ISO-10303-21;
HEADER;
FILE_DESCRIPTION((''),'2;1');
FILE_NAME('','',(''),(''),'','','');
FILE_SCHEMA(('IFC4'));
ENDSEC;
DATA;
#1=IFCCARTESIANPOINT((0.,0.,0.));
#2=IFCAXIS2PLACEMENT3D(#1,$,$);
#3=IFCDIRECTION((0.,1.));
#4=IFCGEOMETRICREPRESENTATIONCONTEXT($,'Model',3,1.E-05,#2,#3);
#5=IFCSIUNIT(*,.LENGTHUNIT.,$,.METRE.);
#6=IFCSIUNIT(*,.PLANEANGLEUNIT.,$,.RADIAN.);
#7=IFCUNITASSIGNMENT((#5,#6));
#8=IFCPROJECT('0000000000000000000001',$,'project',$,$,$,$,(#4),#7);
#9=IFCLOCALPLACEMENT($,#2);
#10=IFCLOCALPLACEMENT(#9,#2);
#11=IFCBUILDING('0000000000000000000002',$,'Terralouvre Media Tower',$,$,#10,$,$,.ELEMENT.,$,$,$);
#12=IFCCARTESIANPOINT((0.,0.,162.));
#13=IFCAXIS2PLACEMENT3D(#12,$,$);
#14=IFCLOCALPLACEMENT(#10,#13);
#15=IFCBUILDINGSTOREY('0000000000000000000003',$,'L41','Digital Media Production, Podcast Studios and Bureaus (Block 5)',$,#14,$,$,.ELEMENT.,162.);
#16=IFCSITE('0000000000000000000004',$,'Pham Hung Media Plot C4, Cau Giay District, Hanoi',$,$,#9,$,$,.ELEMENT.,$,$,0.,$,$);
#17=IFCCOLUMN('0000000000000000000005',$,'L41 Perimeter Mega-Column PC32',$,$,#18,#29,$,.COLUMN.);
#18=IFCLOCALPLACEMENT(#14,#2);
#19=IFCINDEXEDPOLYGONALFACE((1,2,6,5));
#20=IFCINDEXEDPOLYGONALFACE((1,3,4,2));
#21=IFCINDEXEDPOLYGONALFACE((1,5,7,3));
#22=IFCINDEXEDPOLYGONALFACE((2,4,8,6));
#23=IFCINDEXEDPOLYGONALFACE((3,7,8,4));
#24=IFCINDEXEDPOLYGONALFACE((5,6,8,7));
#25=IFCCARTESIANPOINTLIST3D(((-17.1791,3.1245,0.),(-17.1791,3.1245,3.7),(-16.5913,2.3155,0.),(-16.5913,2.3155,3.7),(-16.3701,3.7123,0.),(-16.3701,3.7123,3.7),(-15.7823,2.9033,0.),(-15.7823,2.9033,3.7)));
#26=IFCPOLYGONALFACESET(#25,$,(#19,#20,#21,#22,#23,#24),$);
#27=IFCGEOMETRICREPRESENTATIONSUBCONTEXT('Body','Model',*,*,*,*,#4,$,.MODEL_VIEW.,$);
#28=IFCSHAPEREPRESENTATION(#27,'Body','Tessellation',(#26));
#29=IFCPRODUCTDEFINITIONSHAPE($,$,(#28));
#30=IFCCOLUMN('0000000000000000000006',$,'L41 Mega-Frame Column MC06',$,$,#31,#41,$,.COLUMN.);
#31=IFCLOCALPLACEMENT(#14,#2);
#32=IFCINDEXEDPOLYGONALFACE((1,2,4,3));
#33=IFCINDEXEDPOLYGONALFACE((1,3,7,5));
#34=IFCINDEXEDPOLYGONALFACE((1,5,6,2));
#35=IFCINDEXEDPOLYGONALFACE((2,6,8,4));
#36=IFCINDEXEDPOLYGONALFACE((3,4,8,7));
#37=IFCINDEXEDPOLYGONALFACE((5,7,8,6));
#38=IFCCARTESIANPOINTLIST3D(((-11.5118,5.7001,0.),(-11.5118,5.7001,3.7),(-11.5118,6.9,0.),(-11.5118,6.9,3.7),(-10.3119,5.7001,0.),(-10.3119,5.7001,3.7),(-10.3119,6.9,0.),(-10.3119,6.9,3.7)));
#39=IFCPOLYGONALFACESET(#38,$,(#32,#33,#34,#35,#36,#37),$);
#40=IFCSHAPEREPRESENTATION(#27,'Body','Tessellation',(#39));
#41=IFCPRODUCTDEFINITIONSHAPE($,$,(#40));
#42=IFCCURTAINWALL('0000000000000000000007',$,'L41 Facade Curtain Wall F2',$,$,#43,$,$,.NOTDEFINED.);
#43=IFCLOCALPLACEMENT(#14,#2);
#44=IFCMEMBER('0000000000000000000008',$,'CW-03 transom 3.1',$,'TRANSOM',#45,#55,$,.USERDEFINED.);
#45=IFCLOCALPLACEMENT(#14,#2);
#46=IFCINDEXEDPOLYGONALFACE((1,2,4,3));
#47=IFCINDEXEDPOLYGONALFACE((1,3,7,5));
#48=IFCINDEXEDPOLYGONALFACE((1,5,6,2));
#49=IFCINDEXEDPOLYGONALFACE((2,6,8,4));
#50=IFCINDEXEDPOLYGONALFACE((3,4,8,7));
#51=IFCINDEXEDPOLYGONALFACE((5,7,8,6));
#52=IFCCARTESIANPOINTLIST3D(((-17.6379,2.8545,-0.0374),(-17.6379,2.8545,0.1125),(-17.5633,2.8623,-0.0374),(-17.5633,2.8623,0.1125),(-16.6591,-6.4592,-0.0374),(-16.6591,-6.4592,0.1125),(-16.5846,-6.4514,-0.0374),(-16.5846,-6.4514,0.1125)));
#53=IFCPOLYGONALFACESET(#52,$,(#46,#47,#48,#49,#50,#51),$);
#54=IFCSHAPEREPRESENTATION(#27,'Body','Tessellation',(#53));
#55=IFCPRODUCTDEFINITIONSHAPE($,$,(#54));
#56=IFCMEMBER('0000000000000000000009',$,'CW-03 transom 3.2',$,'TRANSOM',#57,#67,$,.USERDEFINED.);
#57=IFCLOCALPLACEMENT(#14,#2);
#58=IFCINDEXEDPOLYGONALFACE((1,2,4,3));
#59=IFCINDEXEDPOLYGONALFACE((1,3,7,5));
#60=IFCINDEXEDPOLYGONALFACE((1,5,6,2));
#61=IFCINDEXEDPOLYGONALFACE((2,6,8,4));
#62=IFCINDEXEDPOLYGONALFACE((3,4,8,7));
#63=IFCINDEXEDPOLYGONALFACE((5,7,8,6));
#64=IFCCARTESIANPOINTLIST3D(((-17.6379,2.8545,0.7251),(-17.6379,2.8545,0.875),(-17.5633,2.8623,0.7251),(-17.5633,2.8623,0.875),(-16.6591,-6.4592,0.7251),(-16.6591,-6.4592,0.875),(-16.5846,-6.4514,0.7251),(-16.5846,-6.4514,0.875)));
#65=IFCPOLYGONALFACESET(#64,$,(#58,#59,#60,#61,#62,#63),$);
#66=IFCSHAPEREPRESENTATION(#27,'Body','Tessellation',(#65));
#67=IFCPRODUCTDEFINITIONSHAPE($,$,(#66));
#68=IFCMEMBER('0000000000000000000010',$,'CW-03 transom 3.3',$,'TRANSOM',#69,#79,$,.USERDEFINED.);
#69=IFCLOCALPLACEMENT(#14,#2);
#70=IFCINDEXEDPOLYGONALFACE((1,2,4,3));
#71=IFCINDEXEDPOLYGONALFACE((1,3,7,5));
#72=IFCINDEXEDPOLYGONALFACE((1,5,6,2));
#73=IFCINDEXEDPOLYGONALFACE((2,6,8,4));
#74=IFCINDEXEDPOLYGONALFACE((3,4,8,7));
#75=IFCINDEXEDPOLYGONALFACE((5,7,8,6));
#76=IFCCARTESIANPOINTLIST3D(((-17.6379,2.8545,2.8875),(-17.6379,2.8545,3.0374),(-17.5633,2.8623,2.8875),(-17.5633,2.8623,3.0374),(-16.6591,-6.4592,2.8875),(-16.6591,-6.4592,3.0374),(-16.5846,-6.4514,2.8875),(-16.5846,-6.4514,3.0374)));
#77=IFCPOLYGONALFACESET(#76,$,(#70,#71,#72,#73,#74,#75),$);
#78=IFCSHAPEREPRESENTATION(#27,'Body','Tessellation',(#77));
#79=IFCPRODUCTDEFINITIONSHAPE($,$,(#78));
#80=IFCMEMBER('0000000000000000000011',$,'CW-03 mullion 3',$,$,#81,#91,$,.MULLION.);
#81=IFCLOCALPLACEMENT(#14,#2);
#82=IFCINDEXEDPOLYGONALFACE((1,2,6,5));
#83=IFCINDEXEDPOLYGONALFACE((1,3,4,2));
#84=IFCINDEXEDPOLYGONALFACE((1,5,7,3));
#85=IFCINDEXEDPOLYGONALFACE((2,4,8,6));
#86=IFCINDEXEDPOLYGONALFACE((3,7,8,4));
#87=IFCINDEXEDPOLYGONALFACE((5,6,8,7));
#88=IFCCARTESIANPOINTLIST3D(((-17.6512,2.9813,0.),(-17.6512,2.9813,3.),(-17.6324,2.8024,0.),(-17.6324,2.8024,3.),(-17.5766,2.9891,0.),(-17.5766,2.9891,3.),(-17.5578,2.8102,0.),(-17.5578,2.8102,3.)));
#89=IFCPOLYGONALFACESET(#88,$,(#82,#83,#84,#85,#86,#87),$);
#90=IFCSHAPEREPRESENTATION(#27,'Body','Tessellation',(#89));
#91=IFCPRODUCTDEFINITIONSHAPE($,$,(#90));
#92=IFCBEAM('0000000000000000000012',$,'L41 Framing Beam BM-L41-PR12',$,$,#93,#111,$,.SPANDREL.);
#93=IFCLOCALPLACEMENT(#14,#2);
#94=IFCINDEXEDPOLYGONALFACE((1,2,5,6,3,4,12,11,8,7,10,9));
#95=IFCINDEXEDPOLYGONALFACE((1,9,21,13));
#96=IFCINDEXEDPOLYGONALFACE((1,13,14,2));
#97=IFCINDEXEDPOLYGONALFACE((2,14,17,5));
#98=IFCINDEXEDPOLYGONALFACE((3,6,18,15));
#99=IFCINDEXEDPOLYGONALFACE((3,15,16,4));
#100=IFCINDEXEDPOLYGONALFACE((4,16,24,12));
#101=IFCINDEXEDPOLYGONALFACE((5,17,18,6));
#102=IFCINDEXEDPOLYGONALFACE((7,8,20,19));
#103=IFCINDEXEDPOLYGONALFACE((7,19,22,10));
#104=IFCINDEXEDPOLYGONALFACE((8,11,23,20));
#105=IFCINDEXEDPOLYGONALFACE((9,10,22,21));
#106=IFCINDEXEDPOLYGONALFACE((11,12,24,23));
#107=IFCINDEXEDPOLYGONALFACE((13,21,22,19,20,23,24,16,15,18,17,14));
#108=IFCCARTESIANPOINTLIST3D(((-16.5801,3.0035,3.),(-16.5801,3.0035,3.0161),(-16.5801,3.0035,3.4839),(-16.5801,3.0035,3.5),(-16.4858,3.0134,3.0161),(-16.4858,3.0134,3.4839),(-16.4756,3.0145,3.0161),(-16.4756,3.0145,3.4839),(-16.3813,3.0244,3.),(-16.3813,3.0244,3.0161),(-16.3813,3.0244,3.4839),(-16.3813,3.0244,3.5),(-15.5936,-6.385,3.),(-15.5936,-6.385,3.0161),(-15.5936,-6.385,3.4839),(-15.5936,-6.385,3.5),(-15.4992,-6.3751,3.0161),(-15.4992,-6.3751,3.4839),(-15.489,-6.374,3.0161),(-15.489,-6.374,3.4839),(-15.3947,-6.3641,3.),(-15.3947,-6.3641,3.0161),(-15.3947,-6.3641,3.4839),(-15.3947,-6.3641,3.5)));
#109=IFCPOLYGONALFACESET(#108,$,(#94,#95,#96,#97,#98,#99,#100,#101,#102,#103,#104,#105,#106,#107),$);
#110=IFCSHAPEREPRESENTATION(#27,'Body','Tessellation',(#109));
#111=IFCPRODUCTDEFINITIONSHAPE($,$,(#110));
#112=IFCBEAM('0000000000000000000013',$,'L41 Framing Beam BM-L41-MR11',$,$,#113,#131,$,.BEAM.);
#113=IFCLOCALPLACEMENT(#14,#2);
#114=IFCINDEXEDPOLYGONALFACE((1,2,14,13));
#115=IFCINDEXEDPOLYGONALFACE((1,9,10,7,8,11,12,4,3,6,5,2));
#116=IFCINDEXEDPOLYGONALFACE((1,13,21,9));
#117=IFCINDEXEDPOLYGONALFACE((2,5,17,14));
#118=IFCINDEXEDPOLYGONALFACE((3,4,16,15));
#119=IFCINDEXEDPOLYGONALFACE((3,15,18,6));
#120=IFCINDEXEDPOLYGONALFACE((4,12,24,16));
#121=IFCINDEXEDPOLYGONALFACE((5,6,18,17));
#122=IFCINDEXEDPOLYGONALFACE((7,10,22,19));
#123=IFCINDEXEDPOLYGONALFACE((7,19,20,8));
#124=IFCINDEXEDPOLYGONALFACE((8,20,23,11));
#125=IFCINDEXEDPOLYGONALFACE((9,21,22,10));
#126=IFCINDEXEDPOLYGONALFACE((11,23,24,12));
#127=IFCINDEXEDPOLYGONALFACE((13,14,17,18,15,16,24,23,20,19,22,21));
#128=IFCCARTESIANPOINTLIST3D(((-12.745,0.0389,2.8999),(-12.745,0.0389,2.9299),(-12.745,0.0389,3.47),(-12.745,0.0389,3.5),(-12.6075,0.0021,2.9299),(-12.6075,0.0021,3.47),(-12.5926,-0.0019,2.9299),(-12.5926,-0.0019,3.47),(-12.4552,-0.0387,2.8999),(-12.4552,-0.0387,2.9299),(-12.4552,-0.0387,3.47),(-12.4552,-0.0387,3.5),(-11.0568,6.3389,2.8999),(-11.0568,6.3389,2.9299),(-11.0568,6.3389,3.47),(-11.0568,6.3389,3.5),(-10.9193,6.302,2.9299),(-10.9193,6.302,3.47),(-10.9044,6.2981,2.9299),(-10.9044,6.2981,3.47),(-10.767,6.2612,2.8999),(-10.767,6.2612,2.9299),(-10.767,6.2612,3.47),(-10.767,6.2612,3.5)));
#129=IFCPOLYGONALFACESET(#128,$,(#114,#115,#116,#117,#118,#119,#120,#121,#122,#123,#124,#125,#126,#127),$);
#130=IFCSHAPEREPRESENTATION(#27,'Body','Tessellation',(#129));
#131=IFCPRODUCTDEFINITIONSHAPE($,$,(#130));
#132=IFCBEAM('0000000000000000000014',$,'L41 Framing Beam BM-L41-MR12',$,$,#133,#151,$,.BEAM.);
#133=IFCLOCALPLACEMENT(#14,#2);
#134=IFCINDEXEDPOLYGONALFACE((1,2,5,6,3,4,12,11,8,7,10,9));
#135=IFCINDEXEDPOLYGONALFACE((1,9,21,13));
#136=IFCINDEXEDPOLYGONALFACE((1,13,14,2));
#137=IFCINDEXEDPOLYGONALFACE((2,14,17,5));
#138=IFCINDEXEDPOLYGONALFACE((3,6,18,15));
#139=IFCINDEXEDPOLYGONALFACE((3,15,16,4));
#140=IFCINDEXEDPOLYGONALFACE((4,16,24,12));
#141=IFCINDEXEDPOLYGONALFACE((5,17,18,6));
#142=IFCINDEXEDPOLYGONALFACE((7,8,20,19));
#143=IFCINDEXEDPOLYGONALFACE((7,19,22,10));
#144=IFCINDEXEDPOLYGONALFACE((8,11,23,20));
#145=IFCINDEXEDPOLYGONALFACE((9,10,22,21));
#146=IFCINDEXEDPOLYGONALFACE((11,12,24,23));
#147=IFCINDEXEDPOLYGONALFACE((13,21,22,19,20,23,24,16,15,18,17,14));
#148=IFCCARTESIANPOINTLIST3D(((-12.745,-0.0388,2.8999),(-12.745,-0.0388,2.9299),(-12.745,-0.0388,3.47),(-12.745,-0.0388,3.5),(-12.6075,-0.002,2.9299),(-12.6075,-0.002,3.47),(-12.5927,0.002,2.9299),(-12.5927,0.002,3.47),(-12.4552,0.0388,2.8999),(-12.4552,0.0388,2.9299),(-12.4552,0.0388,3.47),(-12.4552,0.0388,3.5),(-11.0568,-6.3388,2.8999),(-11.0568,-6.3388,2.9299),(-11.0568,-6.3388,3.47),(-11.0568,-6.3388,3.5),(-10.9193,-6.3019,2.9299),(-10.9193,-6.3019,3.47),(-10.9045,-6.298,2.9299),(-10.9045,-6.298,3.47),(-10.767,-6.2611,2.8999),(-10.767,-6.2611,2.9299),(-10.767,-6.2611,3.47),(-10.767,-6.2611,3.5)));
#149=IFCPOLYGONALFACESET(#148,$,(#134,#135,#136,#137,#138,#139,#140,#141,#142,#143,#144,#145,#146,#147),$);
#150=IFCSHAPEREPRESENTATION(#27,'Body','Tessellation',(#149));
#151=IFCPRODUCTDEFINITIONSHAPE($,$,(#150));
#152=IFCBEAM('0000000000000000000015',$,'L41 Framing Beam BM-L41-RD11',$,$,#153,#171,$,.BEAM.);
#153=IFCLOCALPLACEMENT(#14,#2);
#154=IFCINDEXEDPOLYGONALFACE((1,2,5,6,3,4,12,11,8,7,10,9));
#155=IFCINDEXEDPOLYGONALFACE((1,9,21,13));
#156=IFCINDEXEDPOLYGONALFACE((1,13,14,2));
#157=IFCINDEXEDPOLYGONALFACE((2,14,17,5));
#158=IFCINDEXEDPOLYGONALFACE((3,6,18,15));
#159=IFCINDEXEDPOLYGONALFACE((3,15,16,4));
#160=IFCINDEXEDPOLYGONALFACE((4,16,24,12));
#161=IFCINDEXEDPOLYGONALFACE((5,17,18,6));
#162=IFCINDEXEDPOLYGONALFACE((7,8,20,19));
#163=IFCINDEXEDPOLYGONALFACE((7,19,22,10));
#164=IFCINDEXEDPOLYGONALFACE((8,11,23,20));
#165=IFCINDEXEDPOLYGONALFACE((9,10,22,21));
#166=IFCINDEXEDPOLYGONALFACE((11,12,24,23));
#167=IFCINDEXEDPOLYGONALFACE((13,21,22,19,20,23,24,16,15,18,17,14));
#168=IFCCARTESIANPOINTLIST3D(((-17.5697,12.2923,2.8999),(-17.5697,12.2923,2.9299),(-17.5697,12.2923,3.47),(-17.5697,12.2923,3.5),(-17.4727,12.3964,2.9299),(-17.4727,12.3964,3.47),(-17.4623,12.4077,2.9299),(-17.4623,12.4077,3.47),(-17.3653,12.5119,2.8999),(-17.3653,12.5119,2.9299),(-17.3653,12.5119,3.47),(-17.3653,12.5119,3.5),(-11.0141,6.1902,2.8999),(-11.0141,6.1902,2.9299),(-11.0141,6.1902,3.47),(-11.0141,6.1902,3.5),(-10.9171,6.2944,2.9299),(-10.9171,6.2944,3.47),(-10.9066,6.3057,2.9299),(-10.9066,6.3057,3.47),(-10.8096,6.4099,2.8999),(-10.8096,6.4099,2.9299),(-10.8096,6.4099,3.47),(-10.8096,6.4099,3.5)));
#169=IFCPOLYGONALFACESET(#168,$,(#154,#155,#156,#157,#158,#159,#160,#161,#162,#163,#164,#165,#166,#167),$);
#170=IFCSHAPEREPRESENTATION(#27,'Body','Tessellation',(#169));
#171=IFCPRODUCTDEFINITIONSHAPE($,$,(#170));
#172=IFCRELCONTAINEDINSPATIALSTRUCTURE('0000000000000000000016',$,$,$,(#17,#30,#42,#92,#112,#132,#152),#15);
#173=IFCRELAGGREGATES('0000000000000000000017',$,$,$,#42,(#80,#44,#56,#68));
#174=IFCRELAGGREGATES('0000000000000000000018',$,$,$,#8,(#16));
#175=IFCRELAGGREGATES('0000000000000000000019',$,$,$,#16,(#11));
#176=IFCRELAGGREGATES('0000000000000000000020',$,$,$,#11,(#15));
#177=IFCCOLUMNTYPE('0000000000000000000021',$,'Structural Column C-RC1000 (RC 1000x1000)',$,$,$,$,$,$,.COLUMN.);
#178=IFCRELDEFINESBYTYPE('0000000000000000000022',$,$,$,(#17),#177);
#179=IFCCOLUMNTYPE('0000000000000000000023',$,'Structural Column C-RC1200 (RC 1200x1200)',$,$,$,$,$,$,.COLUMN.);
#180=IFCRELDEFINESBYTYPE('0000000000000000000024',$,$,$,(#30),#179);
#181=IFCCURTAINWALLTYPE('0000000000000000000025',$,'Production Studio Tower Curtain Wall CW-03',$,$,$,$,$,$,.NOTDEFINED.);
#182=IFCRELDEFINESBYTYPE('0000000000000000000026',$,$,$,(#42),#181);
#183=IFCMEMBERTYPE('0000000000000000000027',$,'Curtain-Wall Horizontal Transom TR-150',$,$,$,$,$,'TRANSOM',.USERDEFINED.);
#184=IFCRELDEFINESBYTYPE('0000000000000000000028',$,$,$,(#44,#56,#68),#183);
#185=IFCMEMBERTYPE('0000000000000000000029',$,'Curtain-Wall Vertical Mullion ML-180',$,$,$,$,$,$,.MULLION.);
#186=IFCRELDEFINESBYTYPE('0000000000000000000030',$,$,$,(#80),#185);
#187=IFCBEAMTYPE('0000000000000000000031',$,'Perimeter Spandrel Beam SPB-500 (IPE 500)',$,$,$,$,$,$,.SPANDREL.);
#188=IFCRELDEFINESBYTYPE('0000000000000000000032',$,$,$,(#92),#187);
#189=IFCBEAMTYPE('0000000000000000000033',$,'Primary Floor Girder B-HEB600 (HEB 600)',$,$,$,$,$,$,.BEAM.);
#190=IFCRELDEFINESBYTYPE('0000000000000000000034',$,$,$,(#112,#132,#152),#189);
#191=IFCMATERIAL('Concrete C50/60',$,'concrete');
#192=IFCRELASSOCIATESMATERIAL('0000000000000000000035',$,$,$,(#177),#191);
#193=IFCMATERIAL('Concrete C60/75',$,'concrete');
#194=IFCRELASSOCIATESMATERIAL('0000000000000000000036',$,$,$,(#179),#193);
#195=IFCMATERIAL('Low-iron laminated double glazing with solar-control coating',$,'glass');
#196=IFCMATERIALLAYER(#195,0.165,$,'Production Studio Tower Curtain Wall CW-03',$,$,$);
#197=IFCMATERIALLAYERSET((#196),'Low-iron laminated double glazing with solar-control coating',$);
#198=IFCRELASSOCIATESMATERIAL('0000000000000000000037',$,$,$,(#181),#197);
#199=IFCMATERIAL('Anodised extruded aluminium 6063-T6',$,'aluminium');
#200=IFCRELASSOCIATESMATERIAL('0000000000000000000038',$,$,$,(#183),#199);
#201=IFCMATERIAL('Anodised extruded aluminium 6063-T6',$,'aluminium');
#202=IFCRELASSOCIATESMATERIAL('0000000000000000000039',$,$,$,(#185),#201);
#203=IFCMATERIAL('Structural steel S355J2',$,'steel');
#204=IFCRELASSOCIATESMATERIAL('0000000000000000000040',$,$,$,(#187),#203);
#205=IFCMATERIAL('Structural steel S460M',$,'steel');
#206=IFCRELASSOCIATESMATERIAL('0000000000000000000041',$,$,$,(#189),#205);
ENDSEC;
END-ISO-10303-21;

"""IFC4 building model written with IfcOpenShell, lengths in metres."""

from ifc_helpers import new_model, si_unit, direction, frame, origin, origin_2d, place, context, subcontext, project, spatial, rectangle, i_section, extrude, material, layer, layer_set, material_profile, profile_set, type_object, element, aggregate, save


model = new_model("IFC4")

# Units and contexts
model_context = context("Model", 3, precision=1e-05, world=origin(), true_north=direction((0.0, 1.0)))
body_context = subcontext(model_context, "Body", "Model", "MODEL_VIEW")
ifc_project = project(units=[si_unit("LENGTHUNIT", "METRE"), si_unit("PLANEANGLEUNIT", "RADIAN")], contexts=[model_context])

# Site, building, storey
site_placement = place(None, origin())
site = spatial("IfcSite", under=ifc_project, at=site_placement, Name="Pham Hung Media Plot C4, Cau Giay District, Hanoi", CompositionType="ELEMENT", RefElevation=0.0)
building_placement = place(site_placement, origin())
building = spatial("IfcBuilding", under=site, at=building_placement, Name="Terralouvre Media Tower", CompositionType="ELEMENT")
storey_placement = place(building_placement, frame((0.0, 0.0, 162.0)))
storey = spatial("IfcBuildingStorey", under=building, at=storey_placement, Name="L41", Description="Digital Media Production, Podcast Studios and Bureaus (Block 5)", CompositionType="ELEMENT", Elevation=162.0)

# Columns
ifc_material_1 = material(Name="Concrete C50/60", Category="concrete")
ifc_material_profile_1 = material_profile(ifc_material_1, rectangle(XDim=1.0, YDim=1.0, at=origin_2d()), Name="RC 1000x1000")
ifc_profile_set_1 = profile_set([ifc_material_profile_1], Name="Concrete C50/60")
column_type_1 = type_object("IfcColumnType", Name="Structural Column C-RC1000 (RC 1000x1000)", PredefinedType="COLUMN", material=ifc_profile_set_1)
column_1_placement = place(storey_placement, frame((-16.4807, 3.0139, 0.0), z_axis=(0.0, 0.0, 1.0), x_axis=(0.809017, 0.587785, 0.0)))
element("IfcColumn", 1, at=column_1_placement, inside=storey, type_object=column_type_1, Name="L41 Perimeter Mega-Column PC32", PredefinedType="COLUMN", context=body_context, shape_type="SweptSolid", body=[
    extrude(rectangle(XDim=1.0, YDim=1.0, at=origin_2d()), origin(), (0.0, 0.0, 1.0), 3.7),
])
ifc_material_2 = material(Name="Concrete C60/75", Category="concrete")
ifc_material_profile_2 = material_profile(ifc_material_2, rectangle(XDim=1.2, YDim=1.2, at=origin_2d()), Name="RC 1200x1200")
ifc_profile_set_2 = profile_set([ifc_material_profile_2], Name="Concrete C60/75")
column_type_2 = type_object("IfcColumnType", Name="Structural Column C-RC1200 (RC 1200x1200)", PredefinedType="COLUMN", material=ifc_profile_set_2)
column_2_placement = place(storey_placement, frame((-10.9119, 6.3, 0.0), z_axis=(0.0, 0.0, 1.0), x_axis=(1.0, 0.0, 0.0)))
element("IfcColumn", 2, at=column_2_placement, inside=storey, type_object=column_type_2, Name="L41 Mega-Frame Column MC06", PredefinedType="COLUMN", context=body_context, shape_type="SweptSolid", body=[
    extrude(rectangle(XDim=1.2, YDim=1.2, at=origin_2d()), origin(), (0.0, 0.0, 1.0), 3.7),
])

# Curtain wall, members
ifc_material_3 = material(Name="Low-iron laminated double glazing with solar-control coating", Category="glass")
ifc_layer_1 = layer(ifc_material_3, 0.165, Name="Production Studio Tower Curtain Wall CW-03")
ifc_layer_set_1 = layer_set([ifc_layer_1], Name="Low-iron laminated double glazing with solar-control coating")
curtain_wall_type = type_object("IfcCurtainWallType", Name="Production Studio Tower Curtain Wall CW-03", PredefinedType="NOTDEFINED", material=ifc_layer_set_1)
curtain_wall_placement = place(storey_placement, origin())
curtain_wall = element("IfcCurtainWall", 3, at=curtain_wall_placement, inside=storey, type_object=curtain_wall_type, Name="L41 Facade Curtain Wall F2", PredefinedType="NOTDEFINED")
ifc_material_4 = material(Name="Anodised extruded aluminium 6063-T6", Category="aluminium")
ifc_material_profile_3 = material_profile(ifc_material_4, rectangle(XDim=0.075, YDim=0.1499, at=origin_2d()), Name="ALU 75x150")
ifc_profile_set_3 = profile_set([ifc_material_profile_3], Name="Anodised extruded aluminium 6063-T6")
member_type_1 = type_object("IfcMemberType", Name="Curtain-Wall Horizontal Transom TR-150", ElementType="TRANSOM", PredefinedType="USERDEFINED", material=ifc_profile_set_3)
member_1_placement = place(storey_placement, frame((-17.6006, 2.8584, 0.0376), z_axis=(0.104512, -0.994524, 0.0), x_axis=(0.994524, 0.104512, 0.0)))
member_1 = element("IfcMember", 4, at=member_1_placement, type_object=member_type_1, Name="CW-03 transom 3.1", ObjectType="TRANSOM", PredefinedType="USERDEFINED", context=body_context, shape_type="SweptSolid", body=[
    extrude(rectangle(XDim=0.075, YDim=0.1499, at=origin_2d()), origin(), (0.0, 0.0, 1.0), 9.365),
])
member_2_placement = place(storey_placement, frame((-17.6006, 2.8584, 0.8), z_axis=(0.104512, -0.994524, 0.0), x_axis=(0.994524, 0.104512, 0.0)))
member_2 = element("IfcMember", 5, at=member_2_placement, type_object=member_type_1, Name="CW-03 transom 3.2", ObjectType="TRANSOM", PredefinedType="USERDEFINED", context=body_context, shape_type="SweptSolid", body=[
    extrude(rectangle(XDim=0.075, YDim=0.1499, at=origin_2d()), origin(), (0.0, 0.0, 1.0), 9.365),
])
member_3_placement = place(storey_placement, frame((-17.6006, 2.8584, 2.9624), z_axis=(0.104512, -0.994524, 0.0), x_axis=(0.994524, 0.104512, 0.0)))
member_3 = element("IfcMember", 6, at=member_3_placement, type_object=member_type_1, Name="CW-03 transom 3.3", ObjectType="TRANSOM", PredefinedType="USERDEFINED", context=body_context, shape_type="SweptSolid", body=[
    extrude(rectangle(XDim=0.075, YDim=0.1499, at=origin_2d()), origin(), (0.0, 0.0, 1.0), 9.365),
])
ifc_material_5 = material(Name="Anodised extruded aluminium 6063-T6", Category="aluminium")
ifc_material_profile_4 = material_profile(ifc_material_5, rectangle(XDim=0.075, YDim=0.1799, at=origin_2d()), Name="ALU 75x180")
ifc_profile_set_4 = profile_set([ifc_material_profile_4], Name="Anodised extruded aluminium 6063-T6")
member_type_2 = type_object("IfcMemberType", Name="Curtain-Wall Vertical Mullion ML-180", PredefinedType="MULLION", material=ifc_profile_set_4)
member_4_placement = place(storey_placement, frame((-17.6045, 2.8958, 0.0), z_axis=(0.0, 0.0, 1.0), x_axis=(0.994522, 0.104528, 0.0)))
member_4 = element("IfcMember", 7, at=member_4_placement, type_object=member_type_2, Name="CW-03 mullion 3", PredefinedType="MULLION", context=body_context, shape_type="SweptSolid", body=[
    extrude(rectangle(XDim=0.075, YDim=0.1799, at=origin_2d()), origin(), (0.0, 0.0, 1.0), 3.0),
])

# Beams
ifc_material_6 = material(Name="Structural steel S355J2", Category="steel")
ifc_material_profile_5 = material_profile(ifc_material_6, i_section(OverallWidth=0.2, OverallDepth=0.5, WebThickness=0.0103, FlangeThickness=0.0161, at=origin_2d()), Name="IPE 500")
ifc_profile_set_5 = profile_set([ifc_material_profile_5], Name="Structural steel S355J2")
beam_type_1 = type_object("IfcBeamType", Name="Perimeter Spandrel Beam SPB-500 (IPE 500)", PredefinedType="SPANDREL", material=ifc_profile_set_5)
beam_1_placement = place(storey_placement, frame((-16.4807, 3.0139, 3.25), z_axis=(0.104508, -0.994524, 0.0), x_axis=(0.994524, 0.104508, 0.0)))
element("IfcBeam", 8, at=beam_1_placement, inside=storey, type_object=beam_type_1, Name="L41 Framing Beam BM-L41-PR12", PredefinedType="SPANDREL", context=body_context, shape_type="SweptSolid", body=[
    extrude(i_section(OverallWidth=0.2, OverallDepth=0.5, WebThickness=0.0103, FlangeThickness=0.0161, at=origin_2d()), origin(), (0.0, 0.0, 1.0), 9.4402),
])
ifc_material_7 = material(Name="Structural steel S460M", Category="steel")
ifc_material_profile_6 = material_profile(ifc_material_7, i_section(OverallWidth=0.3, OverallDepth=0.6001, WebThickness=0.0154, FlangeThickness=0.03, at=origin_2d()), Name="HEB 600")
ifc_profile_set_6 = profile_set([ifc_material_profile_6], Name="Structural steel S460M")
beam_type_2 = type_object("IfcBeamType", Name="Primary Floor Girder B-HEB600 (HEB 600)", PredefinedType="BEAM", material=ifc_profile_set_6)
for number, where, z_axis, x_axis, name in (
    (9, (-10.9119, 6.3, 3.2), (-0.258839, -0.96592, 0.0), (0.96592, -0.258839, 0.0), "L41 Framing Beam BM-L41-MR11"),
    (10, (-12.6001, 0.0, 3.2), (0.258839, -0.96592, 0.0), (0.96592, 0.258839, 0.0), "L41 Framing Beam BM-L41-MR12"),
):
    element("IfcBeam", number, at=place(storey_placement, frame(where, z_axis=z_axis, x_axis=x_axis)), inside=storey, type_object=beam_type_2, Name=name, PredefinedType="BEAM", context=body_context, shape_type="SweptSolid", body=[
        extrude(i_section(OverallWidth=0.3, OverallDepth=0.6001, WebThickness=0.0154, FlangeThickness=0.03, at=origin_2d()), origin(), (0.0, 0.0, 1.0), 6.5222),
    ])
beam_2_placement = place(storey_placement, frame((-10.9119, 6.3, 3.2), z_axis=(-0.731977, 0.681329, 0.0), x_axis=(-0.681329, -0.731977, 0.0)))
element("IfcBeam", 11, at=beam_2_placement, inside=storey, type_object=beam_type_2, Name="L41 Framing Beam BM-L41-RD11", PredefinedType="BEAM", context=body_context, shape_type="SweptSolid", body=[
    extrude(i_section(OverallWidth=0.3, OverallDepth=0.6001, WebThickness=0.0154, FlangeThickness=0.03, at=origin_2d()), origin(), (0.0, 0.0, 1.0), 8.9561),
])

aggregate(curtain_wall, [member_4, member_1, member_2, member_3])

save(model, "model.ifc")
